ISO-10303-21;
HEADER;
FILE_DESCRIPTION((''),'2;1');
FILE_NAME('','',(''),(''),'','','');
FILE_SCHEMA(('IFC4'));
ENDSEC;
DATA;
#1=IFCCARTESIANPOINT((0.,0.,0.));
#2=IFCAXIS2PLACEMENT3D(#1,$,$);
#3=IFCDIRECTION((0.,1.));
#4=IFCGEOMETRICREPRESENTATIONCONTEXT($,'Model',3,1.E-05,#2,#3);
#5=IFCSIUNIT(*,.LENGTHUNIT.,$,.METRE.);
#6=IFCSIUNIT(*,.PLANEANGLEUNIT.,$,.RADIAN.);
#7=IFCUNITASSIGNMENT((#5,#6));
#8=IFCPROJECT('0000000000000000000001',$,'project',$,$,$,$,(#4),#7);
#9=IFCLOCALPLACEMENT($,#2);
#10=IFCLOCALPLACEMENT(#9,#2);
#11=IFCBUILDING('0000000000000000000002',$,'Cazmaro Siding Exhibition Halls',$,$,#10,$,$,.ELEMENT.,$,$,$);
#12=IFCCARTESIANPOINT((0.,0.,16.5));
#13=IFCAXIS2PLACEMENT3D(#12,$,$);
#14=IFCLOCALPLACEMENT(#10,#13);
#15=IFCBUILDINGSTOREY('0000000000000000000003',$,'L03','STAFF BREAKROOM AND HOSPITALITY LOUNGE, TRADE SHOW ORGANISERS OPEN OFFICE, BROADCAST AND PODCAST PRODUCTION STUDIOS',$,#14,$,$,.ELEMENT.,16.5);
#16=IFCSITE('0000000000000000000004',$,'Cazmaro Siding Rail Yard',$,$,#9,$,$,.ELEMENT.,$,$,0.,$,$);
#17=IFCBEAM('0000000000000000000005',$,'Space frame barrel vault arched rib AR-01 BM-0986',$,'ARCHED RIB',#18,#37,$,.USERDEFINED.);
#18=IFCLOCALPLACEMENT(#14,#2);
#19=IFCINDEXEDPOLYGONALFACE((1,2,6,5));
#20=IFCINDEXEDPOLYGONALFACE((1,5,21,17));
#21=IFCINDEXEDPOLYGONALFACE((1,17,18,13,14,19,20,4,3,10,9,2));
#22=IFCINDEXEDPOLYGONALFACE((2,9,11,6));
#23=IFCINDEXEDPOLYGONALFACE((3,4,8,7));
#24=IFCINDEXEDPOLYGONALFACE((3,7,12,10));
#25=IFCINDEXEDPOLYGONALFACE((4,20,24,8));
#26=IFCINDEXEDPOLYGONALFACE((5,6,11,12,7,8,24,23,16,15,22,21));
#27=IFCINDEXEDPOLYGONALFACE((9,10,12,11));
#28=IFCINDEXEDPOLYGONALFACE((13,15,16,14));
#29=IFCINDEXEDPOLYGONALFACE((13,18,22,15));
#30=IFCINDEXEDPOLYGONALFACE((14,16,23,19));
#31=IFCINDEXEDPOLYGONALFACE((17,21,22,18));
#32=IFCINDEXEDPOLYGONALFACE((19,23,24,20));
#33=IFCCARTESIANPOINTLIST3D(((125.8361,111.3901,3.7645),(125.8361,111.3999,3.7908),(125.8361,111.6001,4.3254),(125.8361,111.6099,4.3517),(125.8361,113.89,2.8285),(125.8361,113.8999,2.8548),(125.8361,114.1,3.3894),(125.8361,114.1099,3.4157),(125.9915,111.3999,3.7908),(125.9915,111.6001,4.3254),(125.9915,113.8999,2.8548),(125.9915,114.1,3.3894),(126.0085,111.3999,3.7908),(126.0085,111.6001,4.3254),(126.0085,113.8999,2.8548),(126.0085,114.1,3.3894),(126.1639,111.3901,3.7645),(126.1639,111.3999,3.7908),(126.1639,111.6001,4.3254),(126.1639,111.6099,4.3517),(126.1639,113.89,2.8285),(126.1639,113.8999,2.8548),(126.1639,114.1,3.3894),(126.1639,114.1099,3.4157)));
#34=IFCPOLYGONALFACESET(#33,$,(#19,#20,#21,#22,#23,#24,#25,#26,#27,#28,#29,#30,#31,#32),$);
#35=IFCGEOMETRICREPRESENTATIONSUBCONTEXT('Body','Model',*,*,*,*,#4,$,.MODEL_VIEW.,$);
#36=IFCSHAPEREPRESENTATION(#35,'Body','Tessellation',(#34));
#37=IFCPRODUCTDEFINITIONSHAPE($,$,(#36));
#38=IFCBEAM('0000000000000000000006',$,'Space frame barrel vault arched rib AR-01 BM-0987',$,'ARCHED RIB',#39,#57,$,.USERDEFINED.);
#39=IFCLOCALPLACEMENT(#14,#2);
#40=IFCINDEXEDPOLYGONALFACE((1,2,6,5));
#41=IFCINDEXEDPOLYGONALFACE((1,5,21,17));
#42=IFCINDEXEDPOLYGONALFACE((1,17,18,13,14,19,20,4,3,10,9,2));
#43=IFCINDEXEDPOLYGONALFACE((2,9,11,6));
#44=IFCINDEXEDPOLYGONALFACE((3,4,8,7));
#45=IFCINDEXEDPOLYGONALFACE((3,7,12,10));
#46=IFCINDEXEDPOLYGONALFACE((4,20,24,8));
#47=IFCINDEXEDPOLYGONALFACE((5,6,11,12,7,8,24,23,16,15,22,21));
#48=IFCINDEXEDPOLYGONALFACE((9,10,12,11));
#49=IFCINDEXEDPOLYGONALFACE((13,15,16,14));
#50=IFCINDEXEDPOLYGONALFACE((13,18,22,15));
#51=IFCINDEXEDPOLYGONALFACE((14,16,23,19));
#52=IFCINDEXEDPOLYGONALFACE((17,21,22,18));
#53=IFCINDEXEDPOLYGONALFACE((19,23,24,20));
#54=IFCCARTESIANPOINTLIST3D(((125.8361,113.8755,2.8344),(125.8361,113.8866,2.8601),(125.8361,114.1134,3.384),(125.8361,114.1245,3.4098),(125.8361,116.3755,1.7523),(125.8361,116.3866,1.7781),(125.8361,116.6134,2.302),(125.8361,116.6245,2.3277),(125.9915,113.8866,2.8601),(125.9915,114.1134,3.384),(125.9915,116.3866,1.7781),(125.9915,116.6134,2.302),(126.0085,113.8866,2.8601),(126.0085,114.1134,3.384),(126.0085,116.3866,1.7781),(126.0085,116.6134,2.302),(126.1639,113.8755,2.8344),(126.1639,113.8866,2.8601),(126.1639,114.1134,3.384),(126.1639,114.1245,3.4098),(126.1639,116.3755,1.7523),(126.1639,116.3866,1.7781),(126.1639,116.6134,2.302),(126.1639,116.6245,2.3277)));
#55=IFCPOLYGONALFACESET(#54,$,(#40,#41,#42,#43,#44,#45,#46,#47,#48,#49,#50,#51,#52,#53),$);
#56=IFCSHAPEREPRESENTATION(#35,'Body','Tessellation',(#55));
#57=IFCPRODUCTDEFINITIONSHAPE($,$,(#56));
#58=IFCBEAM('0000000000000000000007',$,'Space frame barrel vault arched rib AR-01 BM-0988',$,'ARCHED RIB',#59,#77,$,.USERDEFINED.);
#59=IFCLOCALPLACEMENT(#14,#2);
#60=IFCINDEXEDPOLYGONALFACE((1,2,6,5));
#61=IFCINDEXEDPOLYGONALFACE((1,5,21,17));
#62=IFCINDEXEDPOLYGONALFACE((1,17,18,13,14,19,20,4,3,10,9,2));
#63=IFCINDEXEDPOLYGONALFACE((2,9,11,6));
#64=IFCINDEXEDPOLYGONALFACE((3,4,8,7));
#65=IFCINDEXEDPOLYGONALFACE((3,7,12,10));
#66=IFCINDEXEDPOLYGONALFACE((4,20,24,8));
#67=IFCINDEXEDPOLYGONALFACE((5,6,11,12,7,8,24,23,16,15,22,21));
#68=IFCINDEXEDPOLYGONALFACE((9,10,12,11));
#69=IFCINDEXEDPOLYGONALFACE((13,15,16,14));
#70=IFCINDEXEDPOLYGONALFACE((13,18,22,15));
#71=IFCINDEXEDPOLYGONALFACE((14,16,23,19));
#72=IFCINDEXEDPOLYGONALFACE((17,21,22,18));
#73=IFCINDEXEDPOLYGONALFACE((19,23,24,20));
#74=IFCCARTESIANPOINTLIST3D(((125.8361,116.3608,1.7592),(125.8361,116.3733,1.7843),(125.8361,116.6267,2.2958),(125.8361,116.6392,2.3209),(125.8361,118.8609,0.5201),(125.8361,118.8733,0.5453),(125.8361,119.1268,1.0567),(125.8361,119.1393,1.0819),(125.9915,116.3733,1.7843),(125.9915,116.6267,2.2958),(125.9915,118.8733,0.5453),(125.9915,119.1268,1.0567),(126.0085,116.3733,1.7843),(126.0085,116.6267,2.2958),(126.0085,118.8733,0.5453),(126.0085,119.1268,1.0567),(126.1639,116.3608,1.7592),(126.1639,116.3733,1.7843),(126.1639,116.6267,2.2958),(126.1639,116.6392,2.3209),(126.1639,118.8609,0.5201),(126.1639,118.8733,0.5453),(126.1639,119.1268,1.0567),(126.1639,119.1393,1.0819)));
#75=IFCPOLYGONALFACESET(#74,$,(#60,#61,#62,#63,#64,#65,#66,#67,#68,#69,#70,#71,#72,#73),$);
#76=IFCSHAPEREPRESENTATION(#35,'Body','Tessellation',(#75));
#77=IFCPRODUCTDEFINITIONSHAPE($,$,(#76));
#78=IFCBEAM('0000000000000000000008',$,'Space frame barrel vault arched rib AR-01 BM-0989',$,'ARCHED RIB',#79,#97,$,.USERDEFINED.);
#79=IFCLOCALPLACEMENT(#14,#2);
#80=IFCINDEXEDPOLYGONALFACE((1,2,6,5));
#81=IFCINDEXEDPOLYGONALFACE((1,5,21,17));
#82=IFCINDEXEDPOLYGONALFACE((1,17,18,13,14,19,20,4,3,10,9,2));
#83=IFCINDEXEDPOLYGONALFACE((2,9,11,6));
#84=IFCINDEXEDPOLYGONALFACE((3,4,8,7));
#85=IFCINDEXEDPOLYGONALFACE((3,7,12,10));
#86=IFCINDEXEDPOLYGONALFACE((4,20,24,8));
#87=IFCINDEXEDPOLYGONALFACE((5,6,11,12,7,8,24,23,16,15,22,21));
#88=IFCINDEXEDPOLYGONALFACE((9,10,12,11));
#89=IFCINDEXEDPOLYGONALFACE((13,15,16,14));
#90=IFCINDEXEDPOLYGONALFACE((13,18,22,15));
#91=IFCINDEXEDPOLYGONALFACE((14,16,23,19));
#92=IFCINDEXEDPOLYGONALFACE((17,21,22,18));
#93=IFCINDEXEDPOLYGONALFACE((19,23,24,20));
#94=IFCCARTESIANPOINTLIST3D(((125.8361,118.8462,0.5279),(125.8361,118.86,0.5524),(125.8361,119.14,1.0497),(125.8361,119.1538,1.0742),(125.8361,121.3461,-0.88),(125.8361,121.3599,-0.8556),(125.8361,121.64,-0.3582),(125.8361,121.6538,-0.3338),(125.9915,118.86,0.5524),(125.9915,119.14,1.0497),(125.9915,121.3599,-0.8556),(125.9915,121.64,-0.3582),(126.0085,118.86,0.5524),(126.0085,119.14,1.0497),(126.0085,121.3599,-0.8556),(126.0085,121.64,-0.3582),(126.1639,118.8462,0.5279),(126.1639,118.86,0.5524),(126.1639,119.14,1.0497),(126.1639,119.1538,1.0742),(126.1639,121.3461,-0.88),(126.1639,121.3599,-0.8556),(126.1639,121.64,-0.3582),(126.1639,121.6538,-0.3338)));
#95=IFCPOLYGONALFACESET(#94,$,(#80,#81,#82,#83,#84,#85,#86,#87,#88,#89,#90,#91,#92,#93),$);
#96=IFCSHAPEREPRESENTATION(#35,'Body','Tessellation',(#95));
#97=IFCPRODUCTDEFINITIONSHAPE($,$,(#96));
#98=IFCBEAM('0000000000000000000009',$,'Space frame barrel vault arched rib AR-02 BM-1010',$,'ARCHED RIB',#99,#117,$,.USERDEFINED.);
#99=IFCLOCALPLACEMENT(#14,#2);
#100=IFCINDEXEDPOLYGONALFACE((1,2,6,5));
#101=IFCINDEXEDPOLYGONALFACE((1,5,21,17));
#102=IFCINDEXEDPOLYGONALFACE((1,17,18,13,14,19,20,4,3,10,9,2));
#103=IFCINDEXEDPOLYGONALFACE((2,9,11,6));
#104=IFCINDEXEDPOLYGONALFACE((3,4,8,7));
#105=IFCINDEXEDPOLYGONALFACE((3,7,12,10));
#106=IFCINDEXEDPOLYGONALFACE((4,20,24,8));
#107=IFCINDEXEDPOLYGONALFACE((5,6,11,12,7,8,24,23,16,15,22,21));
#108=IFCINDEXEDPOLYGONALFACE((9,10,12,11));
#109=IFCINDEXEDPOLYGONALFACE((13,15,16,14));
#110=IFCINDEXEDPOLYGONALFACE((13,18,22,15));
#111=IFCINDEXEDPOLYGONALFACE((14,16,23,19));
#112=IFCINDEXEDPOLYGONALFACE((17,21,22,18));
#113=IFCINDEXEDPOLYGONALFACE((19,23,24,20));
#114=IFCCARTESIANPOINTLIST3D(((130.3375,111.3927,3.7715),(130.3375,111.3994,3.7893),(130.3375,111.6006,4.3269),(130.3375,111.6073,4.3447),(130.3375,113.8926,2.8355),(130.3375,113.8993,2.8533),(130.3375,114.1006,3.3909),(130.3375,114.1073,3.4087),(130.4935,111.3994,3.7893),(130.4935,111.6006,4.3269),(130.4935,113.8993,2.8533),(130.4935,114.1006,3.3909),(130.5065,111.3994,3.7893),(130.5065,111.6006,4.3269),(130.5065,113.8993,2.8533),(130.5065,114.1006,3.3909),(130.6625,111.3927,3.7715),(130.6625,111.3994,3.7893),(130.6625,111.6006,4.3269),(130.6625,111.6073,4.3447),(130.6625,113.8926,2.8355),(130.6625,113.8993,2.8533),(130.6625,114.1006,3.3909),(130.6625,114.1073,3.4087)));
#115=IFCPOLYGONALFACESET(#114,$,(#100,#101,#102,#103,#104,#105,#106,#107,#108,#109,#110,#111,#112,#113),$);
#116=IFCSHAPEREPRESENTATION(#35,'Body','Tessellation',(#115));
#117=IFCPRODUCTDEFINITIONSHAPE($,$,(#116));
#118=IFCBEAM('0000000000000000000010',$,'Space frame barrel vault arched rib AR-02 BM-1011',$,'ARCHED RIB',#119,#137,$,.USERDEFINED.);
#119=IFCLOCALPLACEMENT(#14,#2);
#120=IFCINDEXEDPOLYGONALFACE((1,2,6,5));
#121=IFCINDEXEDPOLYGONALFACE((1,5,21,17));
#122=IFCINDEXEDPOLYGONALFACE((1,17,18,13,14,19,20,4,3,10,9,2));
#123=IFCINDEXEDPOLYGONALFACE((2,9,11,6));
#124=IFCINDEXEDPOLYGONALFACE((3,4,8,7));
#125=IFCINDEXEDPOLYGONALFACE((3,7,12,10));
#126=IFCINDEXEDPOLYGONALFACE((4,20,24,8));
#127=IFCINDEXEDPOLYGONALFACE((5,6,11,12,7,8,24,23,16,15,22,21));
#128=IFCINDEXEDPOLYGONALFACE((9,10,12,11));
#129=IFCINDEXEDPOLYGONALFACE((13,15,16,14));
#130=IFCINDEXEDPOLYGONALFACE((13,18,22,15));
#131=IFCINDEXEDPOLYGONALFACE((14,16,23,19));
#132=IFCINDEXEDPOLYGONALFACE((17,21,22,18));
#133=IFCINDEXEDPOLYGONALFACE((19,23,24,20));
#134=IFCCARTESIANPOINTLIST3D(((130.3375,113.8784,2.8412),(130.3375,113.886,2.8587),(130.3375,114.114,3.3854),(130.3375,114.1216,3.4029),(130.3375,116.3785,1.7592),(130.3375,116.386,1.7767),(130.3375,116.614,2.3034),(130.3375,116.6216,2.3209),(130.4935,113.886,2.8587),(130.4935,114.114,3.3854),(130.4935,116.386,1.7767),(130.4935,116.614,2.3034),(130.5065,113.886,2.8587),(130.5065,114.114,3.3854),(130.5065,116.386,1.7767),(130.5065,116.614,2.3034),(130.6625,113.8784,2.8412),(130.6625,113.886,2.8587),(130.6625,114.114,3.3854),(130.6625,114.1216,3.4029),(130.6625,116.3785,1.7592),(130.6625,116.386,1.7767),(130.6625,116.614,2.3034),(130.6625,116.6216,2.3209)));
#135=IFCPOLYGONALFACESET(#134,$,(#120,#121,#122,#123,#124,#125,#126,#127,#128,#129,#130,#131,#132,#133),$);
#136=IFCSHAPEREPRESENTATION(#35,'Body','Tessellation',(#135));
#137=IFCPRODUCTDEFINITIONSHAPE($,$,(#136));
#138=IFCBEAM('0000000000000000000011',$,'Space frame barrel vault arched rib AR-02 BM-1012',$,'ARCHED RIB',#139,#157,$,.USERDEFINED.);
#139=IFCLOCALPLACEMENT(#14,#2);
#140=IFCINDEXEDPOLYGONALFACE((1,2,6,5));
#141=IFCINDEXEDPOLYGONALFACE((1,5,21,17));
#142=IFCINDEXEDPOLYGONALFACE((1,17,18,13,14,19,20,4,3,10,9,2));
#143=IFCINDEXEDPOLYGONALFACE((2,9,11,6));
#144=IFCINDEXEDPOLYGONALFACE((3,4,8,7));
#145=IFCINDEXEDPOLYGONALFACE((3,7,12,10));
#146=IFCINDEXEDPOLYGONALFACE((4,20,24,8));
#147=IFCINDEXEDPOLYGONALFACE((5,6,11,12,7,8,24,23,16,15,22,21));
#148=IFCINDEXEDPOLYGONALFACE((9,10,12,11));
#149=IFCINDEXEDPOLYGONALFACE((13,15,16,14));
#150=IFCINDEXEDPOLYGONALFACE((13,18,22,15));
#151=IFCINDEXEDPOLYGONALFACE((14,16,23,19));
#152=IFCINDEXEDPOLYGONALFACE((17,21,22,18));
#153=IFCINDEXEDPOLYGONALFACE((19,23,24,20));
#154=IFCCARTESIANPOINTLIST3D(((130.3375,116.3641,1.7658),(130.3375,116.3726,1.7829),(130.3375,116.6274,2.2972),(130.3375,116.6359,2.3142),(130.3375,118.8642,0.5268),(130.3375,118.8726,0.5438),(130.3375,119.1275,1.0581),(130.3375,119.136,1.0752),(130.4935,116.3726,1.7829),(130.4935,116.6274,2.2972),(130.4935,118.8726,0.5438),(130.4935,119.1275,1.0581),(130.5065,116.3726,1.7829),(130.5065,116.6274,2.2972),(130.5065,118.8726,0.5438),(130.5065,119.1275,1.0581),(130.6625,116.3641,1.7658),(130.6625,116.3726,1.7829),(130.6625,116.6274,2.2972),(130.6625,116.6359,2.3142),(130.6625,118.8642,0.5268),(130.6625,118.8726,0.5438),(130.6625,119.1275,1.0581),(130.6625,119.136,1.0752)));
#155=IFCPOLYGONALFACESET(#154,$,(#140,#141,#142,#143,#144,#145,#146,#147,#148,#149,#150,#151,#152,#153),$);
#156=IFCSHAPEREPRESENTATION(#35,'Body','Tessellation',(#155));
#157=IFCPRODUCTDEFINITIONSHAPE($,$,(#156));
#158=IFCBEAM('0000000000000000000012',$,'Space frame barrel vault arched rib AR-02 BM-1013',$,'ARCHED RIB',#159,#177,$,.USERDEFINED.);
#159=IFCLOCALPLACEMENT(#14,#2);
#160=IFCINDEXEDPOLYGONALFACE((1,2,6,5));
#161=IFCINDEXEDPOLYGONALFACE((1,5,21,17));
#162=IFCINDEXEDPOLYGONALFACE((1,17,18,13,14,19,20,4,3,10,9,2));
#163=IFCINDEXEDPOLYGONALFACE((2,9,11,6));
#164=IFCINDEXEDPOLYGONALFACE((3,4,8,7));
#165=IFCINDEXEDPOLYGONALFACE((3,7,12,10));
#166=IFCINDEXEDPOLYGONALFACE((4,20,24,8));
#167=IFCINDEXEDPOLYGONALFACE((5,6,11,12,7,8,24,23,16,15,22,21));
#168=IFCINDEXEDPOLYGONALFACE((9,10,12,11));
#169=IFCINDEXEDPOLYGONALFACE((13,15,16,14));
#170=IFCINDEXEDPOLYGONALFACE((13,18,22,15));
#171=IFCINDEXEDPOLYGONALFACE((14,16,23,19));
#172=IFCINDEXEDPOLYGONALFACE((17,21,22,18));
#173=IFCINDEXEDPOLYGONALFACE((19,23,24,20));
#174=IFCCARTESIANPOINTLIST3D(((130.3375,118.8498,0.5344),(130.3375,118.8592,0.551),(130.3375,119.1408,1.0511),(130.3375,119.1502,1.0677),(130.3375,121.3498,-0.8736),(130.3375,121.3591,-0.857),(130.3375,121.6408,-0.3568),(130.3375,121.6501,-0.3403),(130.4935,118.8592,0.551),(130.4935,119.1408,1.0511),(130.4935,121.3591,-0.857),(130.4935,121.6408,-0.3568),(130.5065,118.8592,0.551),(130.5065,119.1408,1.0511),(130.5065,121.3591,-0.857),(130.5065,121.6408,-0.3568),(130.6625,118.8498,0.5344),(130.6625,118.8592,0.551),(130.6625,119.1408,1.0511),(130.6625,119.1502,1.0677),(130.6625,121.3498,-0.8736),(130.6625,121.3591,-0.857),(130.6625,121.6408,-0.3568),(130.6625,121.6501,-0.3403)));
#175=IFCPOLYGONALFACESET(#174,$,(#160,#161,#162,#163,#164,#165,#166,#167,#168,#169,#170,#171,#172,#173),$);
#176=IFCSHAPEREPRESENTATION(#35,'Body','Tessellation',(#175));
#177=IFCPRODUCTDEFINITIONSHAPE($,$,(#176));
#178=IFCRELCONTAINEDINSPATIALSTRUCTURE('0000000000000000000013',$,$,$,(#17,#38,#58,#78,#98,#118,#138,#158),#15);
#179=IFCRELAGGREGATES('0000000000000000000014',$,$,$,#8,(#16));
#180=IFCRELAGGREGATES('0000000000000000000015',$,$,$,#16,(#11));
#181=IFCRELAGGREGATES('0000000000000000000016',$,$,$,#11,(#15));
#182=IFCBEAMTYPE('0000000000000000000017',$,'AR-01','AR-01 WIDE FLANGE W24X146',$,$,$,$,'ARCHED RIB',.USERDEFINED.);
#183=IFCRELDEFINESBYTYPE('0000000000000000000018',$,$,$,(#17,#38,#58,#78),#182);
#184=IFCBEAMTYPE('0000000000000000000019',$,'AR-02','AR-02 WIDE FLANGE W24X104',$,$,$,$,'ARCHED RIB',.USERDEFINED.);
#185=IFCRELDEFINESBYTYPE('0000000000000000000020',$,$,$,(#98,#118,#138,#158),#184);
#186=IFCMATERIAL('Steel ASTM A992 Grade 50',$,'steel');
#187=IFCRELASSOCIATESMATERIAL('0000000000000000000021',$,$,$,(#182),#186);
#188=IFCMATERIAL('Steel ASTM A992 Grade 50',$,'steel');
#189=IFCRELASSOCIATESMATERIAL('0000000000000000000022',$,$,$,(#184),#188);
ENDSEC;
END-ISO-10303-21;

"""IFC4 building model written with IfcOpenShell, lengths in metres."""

from ifc_helpers import new_model, si_unit, direction, frame, origin, origin_2d, place, context, subcontext, project, spatial, i_section, extrude, material, material_profile, profile_set, type_object, element, save


model = new_model("IFC4")

# Units and contexts
model_context = context("Model", 3, precision=1e-05, world=origin(), true_north=direction((0.0, 1.0)))
body_context = subcontext(model_context, "Body", "Model", "MODEL_VIEW")
ifc_project = project(units=[si_unit("LENGTHUNIT", "METRE"), si_unit("PLANEANGLEUNIT", "RADIAN")], contexts=[model_context])

# Site, building, storey
site_placement = place(None, origin())
site = spatial("IfcSite", under=ifc_project, at=site_placement, Name="Cazmaro Siding Rail Yard", CompositionType="ELEMENT", RefElevation=0.0)
building_placement = place(site_placement, origin())
building = spatial("IfcBuilding", under=site, at=building_placement, Name="Cazmaro Siding Exhibition Halls", CompositionType="ELEMENT")
storey_placement = place(building_placement, frame((0.0, 0.0, 16.5)))
storey = spatial("IfcBuildingStorey", under=building, at=storey_placement, Name="L03", Description="STAFF BREAKROOM AND HOSPITALITY LOUNGE, TRADE SHOW ORGANISERS OPEN OFFICE, BROADCAST AND PODCAST PRODUCTION STUDIOS", CompositionType="ELEMENT", Elevation=16.5)

# Beams
ifc_material_1 = material(Name="Steel ASTM A992 Grade 50", Category="steel")
ifc_material_profile_1 = material_profile(ifc_material_1, i_section(OverallWidth=0.3279, OverallDepth=0.627, WebThickness=0.0171, FlangeThickness=0.0281, at=origin_2d()), Name="W24X146")
ifc_profile_set_1 = profile_set([ifc_material_profile_1], Name="Steel ASTM A992 Grade 50")
beam_type_1 = type_object("IfcBeamType", Name="AR-01", Description="AR-01 WIDE FLANGE W24X146", ElementType="ARCHED RIB", PredefinedType="USERDEFINED", material=ifc_profile_set_1)
beam_1_placement = place(storey_placement, frame((126.0, 111.5, 4.0581), z_axis=(0.0, 0.936509, -0.350642), x_axis=(-1.0, 0.0, 0.0)))
element("IfcBeam", 1, at=beam_1_placement, inside=storey, type_object=beam_type_1, Name="Space frame barrel vault arched rib AR-01 BM-0986", ObjectType="ARCHED RIB", PredefinedType="USERDEFINED", context=body_context, shape_type="SweptSolid", body=[
    extrude(i_section(OverallWidth=0.3279, OverallDepth=0.627, WebThickness=0.0171, FlangeThickness=0.0281, at=origin_2d()), origin(), (0.0, 0.0, 1.0), 2.6694),
])
beam_2_placement = place(storey_placement, frame((126.0, 114.0, 3.1221), z_axis=(0.0, 0.91773, -0.397205), x_axis=(-1.0, 0.0, 0.0)))
element("IfcBeam", 2, at=beam_2_placement, inside=storey, type_object=beam_type_1, Name="Space frame barrel vault arched rib AR-01 BM-0987", ObjectType="ARCHED RIB", PredefinedType="USERDEFINED", context=body_context, shape_type="SweptSolid", body=[
    extrude(i_section(OverallWidth=0.3279, OverallDepth=0.627, WebThickness=0.0171, FlangeThickness=0.0281, at=origin_2d()), origin(), (0.0, 0.0, 1.0), 2.7241),
])
beam_3_placement = place(storey_placement, frame((126.0, 116.5, 2.04), z_axis=(0.0, 0.895997, -0.444061), x_axis=(-1.0, 0.0, 0.0)))
element("IfcBeam", 3, at=beam_3_placement, inside=storey, type_object=beam_type_1, Name="Space frame barrel vault arched rib AR-01 BM-0988", ObjectType="ARCHED RIB", PredefinedType="USERDEFINED", context=body_context, shape_type="SweptSolid", body=[
    extrude(i_section(OverallWidth=0.3279, OverallDepth=0.627, WebThickness=0.0171, FlangeThickness=0.0281, at=origin_2d()), origin(), (0.0, 0.0, 1.0), 2.7903),
])
beam_4_placement = place(storey_placement, frame((126.0, 119.0, 0.801), z_axis=(0.0, 0.871321, -0.490714), x_axis=(-1.0, 0.0, 0.0)))
element("IfcBeam", 4, at=beam_4_placement, inside=storey, type_object=beam_type_1, Name="Space frame barrel vault arched rib AR-01 BM-0989", ObjectType="ARCHED RIB", PredefinedType="USERDEFINED", context=body_context, shape_type="SweptSolid", body=[
    extrude(i_section(OverallWidth=0.3279, OverallDepth=0.627, WebThickness=0.0171, FlangeThickness=0.0281, at=origin_2d()), origin(), (0.0, 0.0, 1.0), 2.8691),
])
ifc_material_2 = material(Name="Steel ASTM A992 Grade 50", Category="steel")
ifc_material_profile_2 = material_profile(ifc_material_2, i_section(OverallWidth=0.325, OverallDepth=0.6121, WebThickness=0.0129, FlangeThickness=0.019, at=origin_2d()), Name="W24X104")
ifc_profile_set_2 = profile_set([ifc_material_profile_2], Name="Steel ASTM A992 Grade 50")
beam_type_2 = type_object("IfcBeamType", Name="AR-02", Description="AR-02 WIDE FLANGE W24X104", ElementType="ARCHED RIB", PredefinedType="USERDEFINED", material=ifc_profile_set_2)
beam_5_placement = place(storey_placement, frame((130.5, 111.5, 4.0581), z_axis=(0.0, 0.936509, -0.350642), x_axis=(-1.0, 0.0, 0.0)))
element("IfcBeam", 5, at=beam_5_placement, inside=storey, type_object=beam_type_2, Name="Space frame barrel vault arched rib AR-02 BM-1010", ObjectType="ARCHED RIB", PredefinedType="USERDEFINED", context=body_context, shape_type="SweptSolid", body=[
    extrude(i_section(OverallWidth=0.325, OverallDepth=0.6121, WebThickness=0.0129, FlangeThickness=0.019, at=origin_2d()), origin(), (0.0, 0.0, 1.0), 2.6694),
])
beam_6_placement = place(storey_placement, frame((130.5, 114.0, 3.1221), z_axis=(0.0, 0.91773, -0.397205), x_axis=(-1.0, 0.0, 0.0)))
element("IfcBeam", 6, at=beam_6_placement, inside=storey, type_object=beam_type_2, Name="Space frame barrel vault arched rib AR-02 BM-1011", ObjectType="ARCHED RIB", PredefinedType="USERDEFINED", context=body_context, shape_type="SweptSolid", body=[
    extrude(i_section(OverallWidth=0.325, OverallDepth=0.6121, WebThickness=0.0129, FlangeThickness=0.019, at=origin_2d()), origin(), (0.0, 0.0, 1.0), 2.7241),
])
beam_7_placement = place(storey_placement, frame((130.5, 116.5, 2.04), z_axis=(0.0, 0.895997, -0.444061), x_axis=(-1.0, 0.0, 0.0)))
element("IfcBeam", 7, at=beam_7_placement, inside=storey, type_object=beam_type_2, Name="Space frame barrel vault arched rib AR-02 BM-1012", ObjectType="ARCHED RIB", PredefinedType="USERDEFINED", context=body_context, shape_type="SweptSolid", body=[
    extrude(i_section(OverallWidth=0.325, OverallDepth=0.6121, WebThickness=0.0129, FlangeThickness=0.019, at=origin_2d()), origin(), (0.0, 0.0, 1.0), 2.7903),
])
beam_8_placement = place(storey_placement, frame((130.5, 119.0, 0.801), z_axis=(0.0, 0.871321, -0.490714), x_axis=(-1.0, 0.0, 0.0)))
element("IfcBeam", 8, at=beam_8_placement, inside=storey, type_object=beam_type_2, Name="Space frame barrel vault arched rib AR-02 BM-1013", ObjectType="ARCHED RIB", PredefinedType="USERDEFINED", context=body_context, shape_type="SweptSolid", body=[
    extrude(i_section(OverallWidth=0.325, OverallDepth=0.6121, WebThickness=0.0129, FlangeThickness=0.019, at=origin_2d()), origin(), (0.0, 0.0, 1.0), 2.8691),
])

save(model, "model.ifc")
